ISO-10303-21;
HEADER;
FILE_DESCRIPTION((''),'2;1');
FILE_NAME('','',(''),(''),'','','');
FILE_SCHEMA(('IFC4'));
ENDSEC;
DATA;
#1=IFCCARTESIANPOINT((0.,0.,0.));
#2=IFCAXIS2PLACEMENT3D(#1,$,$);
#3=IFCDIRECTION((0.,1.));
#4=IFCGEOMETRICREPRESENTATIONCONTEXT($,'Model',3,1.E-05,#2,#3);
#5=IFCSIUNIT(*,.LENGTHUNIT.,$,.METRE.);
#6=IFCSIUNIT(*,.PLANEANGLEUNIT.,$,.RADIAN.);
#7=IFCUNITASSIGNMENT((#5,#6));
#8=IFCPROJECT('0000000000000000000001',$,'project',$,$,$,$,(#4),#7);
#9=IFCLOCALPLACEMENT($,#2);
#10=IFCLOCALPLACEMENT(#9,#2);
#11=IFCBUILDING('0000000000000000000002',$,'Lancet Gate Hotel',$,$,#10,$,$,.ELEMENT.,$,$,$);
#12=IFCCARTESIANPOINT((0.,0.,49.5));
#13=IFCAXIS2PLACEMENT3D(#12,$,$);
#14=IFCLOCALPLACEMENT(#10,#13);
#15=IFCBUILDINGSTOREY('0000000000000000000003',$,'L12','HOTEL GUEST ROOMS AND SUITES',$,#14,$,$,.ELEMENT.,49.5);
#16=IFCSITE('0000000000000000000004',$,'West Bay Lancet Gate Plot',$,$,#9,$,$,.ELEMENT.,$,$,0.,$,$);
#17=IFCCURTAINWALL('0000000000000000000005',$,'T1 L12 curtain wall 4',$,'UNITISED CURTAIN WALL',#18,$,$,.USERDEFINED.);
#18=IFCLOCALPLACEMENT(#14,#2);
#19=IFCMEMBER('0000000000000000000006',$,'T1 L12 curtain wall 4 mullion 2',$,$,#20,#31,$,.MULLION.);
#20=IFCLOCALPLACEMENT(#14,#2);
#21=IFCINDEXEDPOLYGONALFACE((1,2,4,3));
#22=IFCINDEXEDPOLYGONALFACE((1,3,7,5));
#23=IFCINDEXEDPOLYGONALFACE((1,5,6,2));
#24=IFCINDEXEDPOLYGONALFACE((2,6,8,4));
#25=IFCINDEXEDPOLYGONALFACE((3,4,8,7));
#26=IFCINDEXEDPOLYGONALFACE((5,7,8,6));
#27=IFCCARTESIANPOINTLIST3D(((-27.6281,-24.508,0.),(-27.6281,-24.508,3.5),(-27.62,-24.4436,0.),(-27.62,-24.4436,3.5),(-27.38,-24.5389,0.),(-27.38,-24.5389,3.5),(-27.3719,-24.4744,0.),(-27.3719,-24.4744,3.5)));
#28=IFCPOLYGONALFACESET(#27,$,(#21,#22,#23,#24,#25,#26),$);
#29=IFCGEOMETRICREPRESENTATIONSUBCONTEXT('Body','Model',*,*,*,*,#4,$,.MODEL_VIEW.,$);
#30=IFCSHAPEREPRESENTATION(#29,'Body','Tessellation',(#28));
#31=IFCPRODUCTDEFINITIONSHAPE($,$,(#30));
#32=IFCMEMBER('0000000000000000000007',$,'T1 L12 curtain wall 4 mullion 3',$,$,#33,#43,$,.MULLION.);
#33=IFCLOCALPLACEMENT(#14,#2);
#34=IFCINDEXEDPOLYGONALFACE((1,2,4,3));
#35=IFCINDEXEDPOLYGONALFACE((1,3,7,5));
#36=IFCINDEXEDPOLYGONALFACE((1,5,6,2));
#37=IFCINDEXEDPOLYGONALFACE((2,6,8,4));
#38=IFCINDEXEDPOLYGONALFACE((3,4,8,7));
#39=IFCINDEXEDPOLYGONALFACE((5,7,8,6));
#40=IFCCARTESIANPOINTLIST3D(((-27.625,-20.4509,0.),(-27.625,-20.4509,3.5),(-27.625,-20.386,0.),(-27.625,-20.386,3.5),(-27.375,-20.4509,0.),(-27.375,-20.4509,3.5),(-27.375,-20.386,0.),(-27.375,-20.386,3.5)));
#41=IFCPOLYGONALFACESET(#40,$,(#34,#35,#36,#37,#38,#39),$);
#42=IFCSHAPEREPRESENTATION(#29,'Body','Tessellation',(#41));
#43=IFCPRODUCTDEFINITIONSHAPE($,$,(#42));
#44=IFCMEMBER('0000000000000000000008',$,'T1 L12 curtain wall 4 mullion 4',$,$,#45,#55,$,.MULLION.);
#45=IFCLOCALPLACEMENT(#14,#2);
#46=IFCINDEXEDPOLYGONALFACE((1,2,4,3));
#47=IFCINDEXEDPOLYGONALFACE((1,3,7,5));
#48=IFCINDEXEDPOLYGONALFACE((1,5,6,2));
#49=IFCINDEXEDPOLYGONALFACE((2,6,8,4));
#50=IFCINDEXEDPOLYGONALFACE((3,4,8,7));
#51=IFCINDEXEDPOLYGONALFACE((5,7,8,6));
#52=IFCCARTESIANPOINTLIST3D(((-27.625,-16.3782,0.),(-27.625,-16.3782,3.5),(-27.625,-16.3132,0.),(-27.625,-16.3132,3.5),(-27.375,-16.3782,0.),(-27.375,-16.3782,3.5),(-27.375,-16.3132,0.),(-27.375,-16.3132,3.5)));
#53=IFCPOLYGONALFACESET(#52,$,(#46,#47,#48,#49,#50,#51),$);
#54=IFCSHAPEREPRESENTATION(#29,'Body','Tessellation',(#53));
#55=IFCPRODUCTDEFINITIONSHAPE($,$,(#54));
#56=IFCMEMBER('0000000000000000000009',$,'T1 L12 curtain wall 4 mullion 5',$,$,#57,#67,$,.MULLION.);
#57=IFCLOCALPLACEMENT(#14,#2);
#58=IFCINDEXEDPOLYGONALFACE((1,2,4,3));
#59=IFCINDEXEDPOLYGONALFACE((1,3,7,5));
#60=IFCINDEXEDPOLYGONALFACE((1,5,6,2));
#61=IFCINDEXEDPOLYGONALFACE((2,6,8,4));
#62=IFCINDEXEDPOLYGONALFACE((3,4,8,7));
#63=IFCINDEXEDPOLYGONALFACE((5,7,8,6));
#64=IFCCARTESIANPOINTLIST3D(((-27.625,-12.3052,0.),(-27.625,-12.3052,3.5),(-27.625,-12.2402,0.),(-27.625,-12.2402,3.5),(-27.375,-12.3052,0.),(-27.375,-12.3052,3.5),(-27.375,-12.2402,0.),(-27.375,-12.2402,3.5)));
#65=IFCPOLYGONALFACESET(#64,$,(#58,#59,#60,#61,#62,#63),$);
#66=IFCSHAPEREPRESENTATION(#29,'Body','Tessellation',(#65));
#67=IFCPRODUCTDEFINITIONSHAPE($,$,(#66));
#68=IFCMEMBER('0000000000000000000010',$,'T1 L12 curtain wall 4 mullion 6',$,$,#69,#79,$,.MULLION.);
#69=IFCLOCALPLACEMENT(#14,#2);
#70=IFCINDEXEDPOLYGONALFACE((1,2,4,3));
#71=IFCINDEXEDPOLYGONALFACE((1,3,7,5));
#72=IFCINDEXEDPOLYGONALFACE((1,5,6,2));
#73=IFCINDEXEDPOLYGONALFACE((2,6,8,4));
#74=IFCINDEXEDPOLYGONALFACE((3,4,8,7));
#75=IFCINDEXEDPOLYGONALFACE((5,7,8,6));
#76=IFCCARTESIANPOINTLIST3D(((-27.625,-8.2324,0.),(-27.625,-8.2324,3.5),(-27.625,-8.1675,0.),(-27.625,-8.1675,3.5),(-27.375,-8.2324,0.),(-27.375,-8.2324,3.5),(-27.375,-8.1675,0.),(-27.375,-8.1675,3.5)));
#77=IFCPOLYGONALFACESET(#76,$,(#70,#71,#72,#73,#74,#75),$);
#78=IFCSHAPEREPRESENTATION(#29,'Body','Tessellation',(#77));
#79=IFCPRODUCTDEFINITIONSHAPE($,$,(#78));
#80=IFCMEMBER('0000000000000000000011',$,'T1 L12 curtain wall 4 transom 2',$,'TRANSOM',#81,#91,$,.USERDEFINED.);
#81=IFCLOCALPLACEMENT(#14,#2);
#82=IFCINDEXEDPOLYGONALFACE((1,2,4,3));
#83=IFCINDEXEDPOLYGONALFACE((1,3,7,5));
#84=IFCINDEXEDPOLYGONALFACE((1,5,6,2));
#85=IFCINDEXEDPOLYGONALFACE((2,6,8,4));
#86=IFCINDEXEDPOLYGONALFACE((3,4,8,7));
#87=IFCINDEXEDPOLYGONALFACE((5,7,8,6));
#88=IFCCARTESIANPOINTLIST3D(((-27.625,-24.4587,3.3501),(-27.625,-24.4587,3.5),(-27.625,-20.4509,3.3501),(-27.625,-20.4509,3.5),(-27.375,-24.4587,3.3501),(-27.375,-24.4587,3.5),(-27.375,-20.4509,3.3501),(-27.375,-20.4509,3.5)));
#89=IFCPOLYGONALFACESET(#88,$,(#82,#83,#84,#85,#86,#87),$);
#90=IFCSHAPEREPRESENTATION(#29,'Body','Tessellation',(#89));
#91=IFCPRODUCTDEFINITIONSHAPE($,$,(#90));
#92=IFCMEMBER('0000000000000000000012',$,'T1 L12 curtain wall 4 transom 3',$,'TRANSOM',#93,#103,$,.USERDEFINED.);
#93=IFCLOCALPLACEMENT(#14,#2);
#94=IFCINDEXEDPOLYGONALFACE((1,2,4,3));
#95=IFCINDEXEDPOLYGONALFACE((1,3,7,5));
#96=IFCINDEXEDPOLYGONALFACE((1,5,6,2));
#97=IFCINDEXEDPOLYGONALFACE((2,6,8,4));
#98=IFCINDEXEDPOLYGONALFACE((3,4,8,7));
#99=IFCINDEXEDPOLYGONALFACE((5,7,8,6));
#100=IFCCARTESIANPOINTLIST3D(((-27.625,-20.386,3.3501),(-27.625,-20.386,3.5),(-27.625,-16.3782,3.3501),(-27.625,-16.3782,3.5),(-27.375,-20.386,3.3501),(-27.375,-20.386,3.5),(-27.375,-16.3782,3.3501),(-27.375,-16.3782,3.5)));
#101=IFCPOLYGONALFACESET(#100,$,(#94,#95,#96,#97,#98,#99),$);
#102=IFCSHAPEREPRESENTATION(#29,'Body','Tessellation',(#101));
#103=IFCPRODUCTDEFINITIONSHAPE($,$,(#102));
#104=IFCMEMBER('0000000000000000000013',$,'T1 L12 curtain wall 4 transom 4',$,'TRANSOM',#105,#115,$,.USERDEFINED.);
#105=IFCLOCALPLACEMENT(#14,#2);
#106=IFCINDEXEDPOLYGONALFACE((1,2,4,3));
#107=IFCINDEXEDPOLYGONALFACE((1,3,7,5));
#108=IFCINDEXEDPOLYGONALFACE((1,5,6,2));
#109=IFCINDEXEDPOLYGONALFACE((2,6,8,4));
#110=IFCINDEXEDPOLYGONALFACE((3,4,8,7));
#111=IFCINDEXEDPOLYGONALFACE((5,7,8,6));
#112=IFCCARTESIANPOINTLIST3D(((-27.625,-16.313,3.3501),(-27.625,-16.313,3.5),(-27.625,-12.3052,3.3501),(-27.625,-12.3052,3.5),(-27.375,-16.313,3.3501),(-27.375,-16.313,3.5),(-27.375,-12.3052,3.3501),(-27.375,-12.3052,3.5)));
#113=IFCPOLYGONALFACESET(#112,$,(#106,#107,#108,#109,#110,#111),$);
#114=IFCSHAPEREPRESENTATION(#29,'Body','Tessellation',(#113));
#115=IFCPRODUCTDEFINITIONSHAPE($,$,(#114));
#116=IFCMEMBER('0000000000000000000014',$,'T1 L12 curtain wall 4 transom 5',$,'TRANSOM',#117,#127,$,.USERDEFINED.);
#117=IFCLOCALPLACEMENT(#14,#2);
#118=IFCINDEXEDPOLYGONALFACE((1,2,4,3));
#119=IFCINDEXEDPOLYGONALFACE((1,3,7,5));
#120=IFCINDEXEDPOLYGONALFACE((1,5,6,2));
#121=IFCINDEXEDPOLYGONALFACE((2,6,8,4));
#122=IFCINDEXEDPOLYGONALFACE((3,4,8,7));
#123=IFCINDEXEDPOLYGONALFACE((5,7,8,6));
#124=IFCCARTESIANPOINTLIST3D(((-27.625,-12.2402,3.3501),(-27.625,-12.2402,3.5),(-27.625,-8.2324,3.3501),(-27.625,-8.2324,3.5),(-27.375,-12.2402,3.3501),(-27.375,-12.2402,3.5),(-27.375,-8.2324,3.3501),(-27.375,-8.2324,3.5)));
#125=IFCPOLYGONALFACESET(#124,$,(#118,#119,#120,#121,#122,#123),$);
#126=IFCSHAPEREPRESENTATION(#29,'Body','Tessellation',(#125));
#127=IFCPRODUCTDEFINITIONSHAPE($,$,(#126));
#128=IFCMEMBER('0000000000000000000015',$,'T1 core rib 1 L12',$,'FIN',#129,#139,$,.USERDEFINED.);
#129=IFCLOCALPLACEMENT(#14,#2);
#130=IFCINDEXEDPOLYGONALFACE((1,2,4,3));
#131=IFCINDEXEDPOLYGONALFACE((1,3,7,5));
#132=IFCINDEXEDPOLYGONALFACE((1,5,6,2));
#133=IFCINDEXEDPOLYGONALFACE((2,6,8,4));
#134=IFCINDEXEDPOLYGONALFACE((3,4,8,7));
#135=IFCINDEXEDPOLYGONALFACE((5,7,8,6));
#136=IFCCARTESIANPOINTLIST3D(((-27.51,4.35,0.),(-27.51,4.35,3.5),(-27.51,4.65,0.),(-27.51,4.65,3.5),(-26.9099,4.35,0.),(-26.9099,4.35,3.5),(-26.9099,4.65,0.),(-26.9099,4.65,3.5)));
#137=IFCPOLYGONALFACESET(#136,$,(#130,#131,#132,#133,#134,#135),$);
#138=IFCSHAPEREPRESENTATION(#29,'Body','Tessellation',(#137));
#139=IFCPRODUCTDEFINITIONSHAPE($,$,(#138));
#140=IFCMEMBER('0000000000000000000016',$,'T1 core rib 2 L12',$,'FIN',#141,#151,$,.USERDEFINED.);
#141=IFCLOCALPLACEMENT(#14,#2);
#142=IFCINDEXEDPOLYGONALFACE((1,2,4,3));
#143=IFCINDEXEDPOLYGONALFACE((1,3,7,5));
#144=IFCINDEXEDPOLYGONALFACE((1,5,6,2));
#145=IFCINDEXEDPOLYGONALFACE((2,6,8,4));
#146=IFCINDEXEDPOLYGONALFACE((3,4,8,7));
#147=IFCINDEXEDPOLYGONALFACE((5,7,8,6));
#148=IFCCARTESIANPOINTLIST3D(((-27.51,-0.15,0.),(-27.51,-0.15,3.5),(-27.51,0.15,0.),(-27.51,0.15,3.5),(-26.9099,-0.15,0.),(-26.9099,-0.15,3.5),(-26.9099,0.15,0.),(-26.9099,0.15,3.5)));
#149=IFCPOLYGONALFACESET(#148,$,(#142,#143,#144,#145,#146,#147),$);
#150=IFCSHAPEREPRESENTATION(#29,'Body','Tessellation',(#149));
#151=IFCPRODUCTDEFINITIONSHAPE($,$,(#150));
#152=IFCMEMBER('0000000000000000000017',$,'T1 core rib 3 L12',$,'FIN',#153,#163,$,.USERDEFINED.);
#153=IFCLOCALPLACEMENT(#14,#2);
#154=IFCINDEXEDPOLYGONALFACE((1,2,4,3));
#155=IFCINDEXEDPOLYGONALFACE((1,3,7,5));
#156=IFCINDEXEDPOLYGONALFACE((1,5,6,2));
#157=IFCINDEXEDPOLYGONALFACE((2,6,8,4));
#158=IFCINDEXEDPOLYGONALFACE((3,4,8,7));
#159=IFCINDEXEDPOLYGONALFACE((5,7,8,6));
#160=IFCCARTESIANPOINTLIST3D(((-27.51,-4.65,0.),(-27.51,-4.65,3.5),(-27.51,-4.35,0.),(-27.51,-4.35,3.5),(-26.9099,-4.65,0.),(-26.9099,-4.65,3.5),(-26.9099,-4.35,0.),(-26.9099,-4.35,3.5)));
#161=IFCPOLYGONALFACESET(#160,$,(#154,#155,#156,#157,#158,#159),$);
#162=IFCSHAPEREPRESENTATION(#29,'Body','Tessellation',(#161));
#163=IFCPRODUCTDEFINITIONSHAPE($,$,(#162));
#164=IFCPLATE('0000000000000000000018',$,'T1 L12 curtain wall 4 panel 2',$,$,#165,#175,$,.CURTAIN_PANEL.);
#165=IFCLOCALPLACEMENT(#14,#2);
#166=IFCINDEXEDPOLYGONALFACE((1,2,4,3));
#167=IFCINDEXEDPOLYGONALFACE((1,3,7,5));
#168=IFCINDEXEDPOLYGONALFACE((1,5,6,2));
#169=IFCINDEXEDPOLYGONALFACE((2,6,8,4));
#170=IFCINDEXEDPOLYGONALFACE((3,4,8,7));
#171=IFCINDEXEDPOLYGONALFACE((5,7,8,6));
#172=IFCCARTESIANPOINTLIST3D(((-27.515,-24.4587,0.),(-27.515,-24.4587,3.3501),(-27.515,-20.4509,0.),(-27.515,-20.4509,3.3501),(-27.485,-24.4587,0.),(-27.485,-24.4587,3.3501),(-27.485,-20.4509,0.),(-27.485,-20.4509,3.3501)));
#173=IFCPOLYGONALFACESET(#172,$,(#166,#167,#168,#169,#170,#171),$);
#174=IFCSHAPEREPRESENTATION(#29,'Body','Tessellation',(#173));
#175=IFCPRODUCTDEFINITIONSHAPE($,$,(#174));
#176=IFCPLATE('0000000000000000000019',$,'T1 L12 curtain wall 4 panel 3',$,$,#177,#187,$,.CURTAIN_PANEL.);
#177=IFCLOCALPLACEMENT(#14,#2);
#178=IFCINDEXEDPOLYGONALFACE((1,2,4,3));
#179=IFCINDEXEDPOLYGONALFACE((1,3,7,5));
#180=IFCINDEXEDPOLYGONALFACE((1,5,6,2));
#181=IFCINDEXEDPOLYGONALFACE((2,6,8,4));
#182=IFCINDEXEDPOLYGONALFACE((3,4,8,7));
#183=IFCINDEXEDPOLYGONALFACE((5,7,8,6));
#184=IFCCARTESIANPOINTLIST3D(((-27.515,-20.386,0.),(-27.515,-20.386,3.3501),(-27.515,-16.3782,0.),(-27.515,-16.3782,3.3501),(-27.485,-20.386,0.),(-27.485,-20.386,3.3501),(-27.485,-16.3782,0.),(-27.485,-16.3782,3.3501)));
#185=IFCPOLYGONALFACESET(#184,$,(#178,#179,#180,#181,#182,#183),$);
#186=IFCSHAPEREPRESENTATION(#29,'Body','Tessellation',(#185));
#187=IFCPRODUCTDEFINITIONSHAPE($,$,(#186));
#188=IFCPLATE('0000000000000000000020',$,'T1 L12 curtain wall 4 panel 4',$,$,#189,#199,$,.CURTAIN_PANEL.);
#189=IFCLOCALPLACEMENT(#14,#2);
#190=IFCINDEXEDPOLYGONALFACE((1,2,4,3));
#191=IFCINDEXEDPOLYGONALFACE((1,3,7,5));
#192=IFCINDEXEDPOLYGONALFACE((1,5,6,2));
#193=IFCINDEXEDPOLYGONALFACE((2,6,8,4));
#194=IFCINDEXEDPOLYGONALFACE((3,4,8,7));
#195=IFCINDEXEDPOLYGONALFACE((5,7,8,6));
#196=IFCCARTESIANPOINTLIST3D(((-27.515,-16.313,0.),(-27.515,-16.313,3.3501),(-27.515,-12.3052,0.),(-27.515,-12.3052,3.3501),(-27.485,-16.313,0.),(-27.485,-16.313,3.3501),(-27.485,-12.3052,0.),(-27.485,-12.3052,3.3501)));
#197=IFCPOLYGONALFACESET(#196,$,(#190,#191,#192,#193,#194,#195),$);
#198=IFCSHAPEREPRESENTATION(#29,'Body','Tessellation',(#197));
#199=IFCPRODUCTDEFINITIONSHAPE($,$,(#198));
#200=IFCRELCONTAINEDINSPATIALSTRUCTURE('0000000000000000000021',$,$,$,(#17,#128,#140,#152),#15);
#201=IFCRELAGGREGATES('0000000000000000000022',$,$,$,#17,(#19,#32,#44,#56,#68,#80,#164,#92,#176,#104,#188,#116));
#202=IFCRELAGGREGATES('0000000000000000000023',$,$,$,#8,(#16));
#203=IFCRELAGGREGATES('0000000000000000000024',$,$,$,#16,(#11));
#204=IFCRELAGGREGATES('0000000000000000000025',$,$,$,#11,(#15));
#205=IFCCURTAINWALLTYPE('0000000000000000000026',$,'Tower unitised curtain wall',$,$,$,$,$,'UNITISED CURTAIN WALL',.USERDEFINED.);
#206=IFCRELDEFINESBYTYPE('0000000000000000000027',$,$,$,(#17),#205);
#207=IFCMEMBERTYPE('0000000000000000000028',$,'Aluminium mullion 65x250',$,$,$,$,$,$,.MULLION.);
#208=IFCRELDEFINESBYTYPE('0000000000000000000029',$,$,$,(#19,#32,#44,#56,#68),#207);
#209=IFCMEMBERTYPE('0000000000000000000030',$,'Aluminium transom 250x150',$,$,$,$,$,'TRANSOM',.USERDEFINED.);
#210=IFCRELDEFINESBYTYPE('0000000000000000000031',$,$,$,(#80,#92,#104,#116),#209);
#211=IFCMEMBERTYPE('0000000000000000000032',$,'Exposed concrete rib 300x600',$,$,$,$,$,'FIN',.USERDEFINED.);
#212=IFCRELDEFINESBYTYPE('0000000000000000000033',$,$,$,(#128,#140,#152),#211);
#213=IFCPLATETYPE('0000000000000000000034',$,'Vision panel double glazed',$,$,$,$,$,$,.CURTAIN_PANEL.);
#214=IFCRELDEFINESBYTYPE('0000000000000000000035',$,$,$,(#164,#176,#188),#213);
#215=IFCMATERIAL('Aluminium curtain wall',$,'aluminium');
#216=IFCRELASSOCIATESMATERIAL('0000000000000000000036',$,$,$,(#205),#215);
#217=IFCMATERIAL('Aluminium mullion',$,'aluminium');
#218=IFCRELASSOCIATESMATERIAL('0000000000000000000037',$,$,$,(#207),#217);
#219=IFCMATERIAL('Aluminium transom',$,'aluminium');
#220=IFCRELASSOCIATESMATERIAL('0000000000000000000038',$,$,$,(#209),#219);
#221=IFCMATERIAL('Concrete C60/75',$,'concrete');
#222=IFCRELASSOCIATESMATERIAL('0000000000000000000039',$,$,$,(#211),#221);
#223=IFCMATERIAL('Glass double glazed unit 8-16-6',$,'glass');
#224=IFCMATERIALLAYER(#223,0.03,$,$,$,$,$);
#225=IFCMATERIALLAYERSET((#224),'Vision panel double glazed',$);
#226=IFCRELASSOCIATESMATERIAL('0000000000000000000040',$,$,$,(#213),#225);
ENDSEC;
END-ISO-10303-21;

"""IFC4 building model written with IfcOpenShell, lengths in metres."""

from ifc_helpers import new_model, si_unit, direction, frame, origin, origin_2d, place, context, subcontext, project, spatial, rectangle, extrude, material, layer, layer_set, material_profile, profile_set, type_object, element, aggregate, save


model = new_model("IFC4")

# Units and contexts
model_context = context("Model", 3, precision=1e-05, world=origin(), true_north=direction((0.0, 1.0)))
body_context = subcontext(model_context, "Body", "Model", "MODEL_VIEW")
ifc_project = project(units=[si_unit("LENGTHUNIT", "METRE"), si_unit("PLANEANGLEUNIT", "RADIAN")], contexts=[model_context])

# Site, building, storey
site_placement = place(None, origin())
site = spatial("IfcSite", under=ifc_project, at=site_placement, Name="West Bay Lancet Gate Plot", CompositionType="ELEMENT", RefElevation=0.0)
building_placement = place(site_placement, origin())
building = spatial("IfcBuilding", under=site, at=building_placement, Name="Lancet Gate Hotel", CompositionType="ELEMENT")
storey_placement = place(building_placement, frame((0.0, 0.0, 49.5)))
storey = spatial("IfcBuildingStorey", under=building, at=storey_placement, Name="L12", Description="HOTEL GUEST ROOMS AND SUITES", CompositionType="ELEMENT", Elevation=49.5)

# Curtain wall, members
ifc_material_1 = material(Name="Aluminium curtain wall", Category="aluminium")
curtain_wall_type = type_object("IfcCurtainWallType", Name="Tower unitised curtain wall", ElementType="UNITISED CURTAIN WALL", PredefinedType="USERDEFINED", material=ifc_material_1)
curtain_wall_placement = place(storey_placement, origin())
curtain_wall = element("IfcCurtainWall", 1, at=curtain_wall_placement, inside=storey, type_object=curtain_wall_type, Name="T1 L12 curtain wall 4", ObjectType="UNITISED CURTAIN WALL", PredefinedType="USERDEFINED")
ifc_material_2 = material(Name="Aluminium mullion", Category="aluminium")
ifc_material_profile_1 = material_profile(ifc_material_2, rectangle(XDim=0.0649, YDim=0.25, at=origin_2d()), Name="MULLION 65x250")
ifc_profile_set_1 = profile_set([ifc_material_profile_1], Name="Aluminium mullion")
member_type_1 = type_object("IfcMemberType", Name="Aluminium mullion 65x250", PredefinedType="MULLION", material=ifc_profile_set_1)
member_1_placement = place(storey_placement, frame((-27.5, -24.4912, 0.0), z_axis=(0.0, 0.0, 1.0), x_axis=(0.123483, 0.992347, 0.0)))
member_1 = element("IfcMember", 2, at=member_1_placement, type_object=member_type_1, Name="T1 L12 curtain wall 4 mullion 2", PredefinedType="MULLION", context=body_context, shape_type="SweptSolid", body=[
    extrude(rectangle(XDim=0.0649, YDim=0.25, at=origin_2d()), origin(), (0.0, 0.0, 1.0), 3.5),
])
member_2_placement = place(storey_placement, frame((-27.5, -20.4185, 0.0), z_axis=(0.0, 0.0, 1.0), x_axis=(0.0, 1.0, 0.0)))
member_2 = element("IfcMember", 3, at=member_2_placement, type_object=member_type_1, Name="T1 L12 curtain wall 4 mullion 3", PredefinedType="MULLION", context=body_context, shape_type="SweptSolid", body=[
    extrude(rectangle(XDim=0.0649, YDim=0.25, at=origin_2d()), origin(), (0.0, 0.0, 1.0), 3.5),
])
member_3_placement = place(storey_placement, frame((-27.5, -16.3457, 0.0), z_axis=(0.0, 0.0, 1.0), x_axis=(0.0, 1.0, 0.0)))
member_3 = element("IfcMember", 4, at=member_3_placement, type_object=member_type_1, Name="T1 L12 curtain wall 4 mullion 4", PredefinedType="MULLION", context=body_context, shape_type="SweptSolid", body=[
    extrude(rectangle(XDim=0.0649, YDim=0.25, at=origin_2d()), origin(), (0.0, 0.0, 1.0), 3.5),
])
member_4_placement = place(storey_placement, frame((-27.5, -12.2727, 0.0), z_axis=(0.0, 0.0, 1.0), x_axis=(0.0, 1.0, 0.0)))
member_4 = element("IfcMember", 5, at=member_4_placement, type_object=member_type_1, Name="T1 L12 curtain wall 4 mullion 5", PredefinedType="MULLION", context=body_context, shape_type="SweptSolid", body=[
    extrude(rectangle(XDim=0.0649, YDim=0.25, at=origin_2d()), origin(), (0.0, 0.0, 1.0), 3.5),
])
member_5_placement = place(storey_placement, frame((-27.5, -8.2, 0.0), z_axis=(0.0, 0.0, 1.0), x_axis=(0.0, 1.0, 0.0)))
member_5 = element("IfcMember", 6, at=member_5_placement, type_object=member_type_1, Name="T1 L12 curtain wall 4 mullion 6", PredefinedType="MULLION", context=body_context, shape_type="SweptSolid", body=[
    extrude(rectangle(XDim=0.0649, YDim=0.25, at=origin_2d()), origin(), (0.0, 0.0, 1.0), 3.5),
])
ifc_material_3 = material(Name="Aluminium transom", Category="aluminium")
ifc_material_profile_2 = material_profile(ifc_material_3, rectangle(XDim=0.25, YDim=0.1499, at=origin_2d()), Name="TRANSOM 250x150")
ifc_profile_set_2 = profile_set([ifc_material_profile_2], Name="Aluminium transom")
member_type_2 = type_object("IfcMemberType", Name="Aluminium transom 250x150", ElementType="TRANSOM", PredefinedType="USERDEFINED", material=ifc_profile_set_2)
member_6_placement = place(storey_placement, frame((-27.5, -24.4587, 3.425), z_axis=(0.0, 1.0, 0.0), x_axis=(-1.0, 0.0, 0.0)))
member_6 = element("IfcMember", 7, at=member_6_placement, type_object=member_type_2, Name="T1 L12 curtain wall 4 transom 2", ObjectType="TRANSOM", PredefinedType="USERDEFINED", context=body_context, shape_type="SweptSolid", body=[
    extrude(rectangle(XDim=0.25, YDim=0.1499, at=origin_2d()), origin(), (0.0, 0.0, 1.0), 4.0078),
])
member_7_placement = place(storey_placement, frame((-27.5, -20.386, 3.425), z_axis=(0.0, 1.0, 0.0), x_axis=(-1.0, 0.0, 0.0)))
member_7 = element("IfcMember", 8, at=member_7_placement, type_object=member_type_2, Name="T1 L12 curtain wall 4 transom 3", ObjectType="TRANSOM", PredefinedType="USERDEFINED", context=body_context, shape_type="SweptSolid", body=[
    extrude(rectangle(XDim=0.25, YDim=0.1499, at=origin_2d()), origin(), (0.0, 0.0, 1.0), 4.0078),
])
member_8_placement = place(storey_placement, frame((-27.5, -16.313, 3.425), z_axis=(0.0, 1.0, 0.0), x_axis=(-1.0, 0.0, 0.0)))
member_8 = element("IfcMember", 9, at=member_8_placement, type_object=member_type_2, Name="T1 L12 curtain wall 4 transom 4", ObjectType="TRANSOM", PredefinedType="USERDEFINED", context=body_context, shape_type="SweptSolid", body=[
    extrude(rectangle(XDim=0.25, YDim=0.1499, at=origin_2d()), origin(), (0.0, 0.0, 1.0), 4.0078),
])
member_9_placement = place(storey_placement, frame((-27.5, -12.2402, 3.425), z_axis=(0.0, 1.0, 0.0), x_axis=(-1.0, 0.0, 0.0)))
member_9 = element("IfcMember", 10, at=member_9_placement, type_object=member_type_2, Name="T1 L12 curtain wall 4 transom 5", ObjectType="TRANSOM", PredefinedType="USERDEFINED", context=body_context, shape_type="SweptSolid", body=[
    extrude(rectangle(XDim=0.25, YDim=0.1499, at=origin_2d()), origin(), (0.0, 0.0, 1.0), 4.0078),
])

# Members
ifc_material_4 = material(Name="Concrete C60/75", Category="concrete")
ifc_material_profile_3 = material_profile(ifc_material_4, rectangle(XDim=0.3, YDim=0.6001, at=origin_2d()), Name="FIN 300x600")
ifc_profile_set_3 = profile_set([ifc_material_profile_3], Name="Concrete C60/75")
member_type_3 = type_object("IfcMemberType", Name="Exposed concrete rib 300x600", ElementType="FIN", PredefinedType="USERDEFINED", material=ifc_profile_set_3)
for number, where, z_axis, x_axis, name in (
    (11, (-27.21, 4.5, 0.0), (0.0, 0.0, 1.0), (0.0, 1.0, 0.0), "T1 core rib 1 L12"),
    (12, (-27.21, 0.0, 0.0), (0.0, 0.0, 1.0), (0.0, 1.0, 0.0), "T1 core rib 2 L12"),
    (13, (-27.21, -4.5, 0.0), (0.0, 0.0, 1.0), (0.0, 1.0, 0.0), "T1 core rib 3 L12"),
):
    element("IfcMember", number, at=place(storey_placement, frame(where, z_axis=z_axis, x_axis=x_axis)), inside=storey, type_object=member_type_3, Name=name, ObjectType="FIN", PredefinedType="USERDEFINED", context=body_context, shape_type="SweptSolid", body=[
        extrude(rectangle(XDim=0.3, YDim=0.6001, at=origin_2d()), origin(), (0.0, 0.0, 1.0), 3.5),
    ])

# Plates
ifc_material_5 = material(Name="Glass double glazed unit 8-16-6", Category="glass")
ifc_layer_1 = layer(ifc_material_5, 0.03)
ifc_layer_set_1 = layer_set([ifc_layer_1], Name="Vision panel double glazed")
plate_type = type_object("IfcPlateType", Name="Vision panel double glazed", PredefinedType="CURTAIN_PANEL", material=ifc_layer_set_1)
plate_1_placement = place(storey_placement, frame((-27.5, -22.4548, 0.0), z_axis=(0.0, 0.0, 1.0), x_axis=(0.0, 1.0, 0.0)))
plate_1 = element("IfcPlate", 14, at=plate_1_placement, type_object=plate_type, Name="T1 L12 curtain wall 4 panel 2", PredefinedType="CURTAIN_PANEL", context=body_context, shape_type="SweptSolid", body=[
    extrude(rectangle(XDim=4.0078, YDim=0.03, at=origin_2d()), origin(), (0.0, 0.0, 1.0), 3.3501),
])
plate_2_placement = place(storey_placement, frame((-27.5, -18.3821, 0.0), z_axis=(0.0, 0.0, 1.0), x_axis=(0.0, 1.0, 0.0)))
plate_2 = element("IfcPlate", 15, at=plate_2_placement, type_object=plate_type, Name="T1 L12 curtain wall 4 panel 3", PredefinedType="CURTAIN_PANEL", context=body_context, shape_type="SweptSolid", body=[
    extrude(rectangle(XDim=4.0078, YDim=0.03, at=origin_2d()), origin(), (0.0, 0.0, 1.0), 3.3501),
])
plate_3_placement = place(storey_placement, frame((-27.5, -14.3091, 0.0), z_axis=(0.0, 0.0, 1.0), x_axis=(0.0, 1.0, 0.0)))
plate_3 = element("IfcPlate", 16, at=plate_3_placement, type_object=plate_type, Name="T1 L12 curtain wall 4 panel 4", PredefinedType="CURTAIN_PANEL", context=body_context, shape_type="SweptSolid", body=[
    extrude(rectangle(XDim=4.0078, YDim=0.03, at=origin_2d()), origin(), (0.0, 0.0, 1.0), 3.3501),
])
aggregate(curtain_wall, [member_1, member_2, member_3, member_4, member_5, member_6, plate_1, member_7, plate_2, member_8, plate_3, member_9])

save(model, "model.ifc")
